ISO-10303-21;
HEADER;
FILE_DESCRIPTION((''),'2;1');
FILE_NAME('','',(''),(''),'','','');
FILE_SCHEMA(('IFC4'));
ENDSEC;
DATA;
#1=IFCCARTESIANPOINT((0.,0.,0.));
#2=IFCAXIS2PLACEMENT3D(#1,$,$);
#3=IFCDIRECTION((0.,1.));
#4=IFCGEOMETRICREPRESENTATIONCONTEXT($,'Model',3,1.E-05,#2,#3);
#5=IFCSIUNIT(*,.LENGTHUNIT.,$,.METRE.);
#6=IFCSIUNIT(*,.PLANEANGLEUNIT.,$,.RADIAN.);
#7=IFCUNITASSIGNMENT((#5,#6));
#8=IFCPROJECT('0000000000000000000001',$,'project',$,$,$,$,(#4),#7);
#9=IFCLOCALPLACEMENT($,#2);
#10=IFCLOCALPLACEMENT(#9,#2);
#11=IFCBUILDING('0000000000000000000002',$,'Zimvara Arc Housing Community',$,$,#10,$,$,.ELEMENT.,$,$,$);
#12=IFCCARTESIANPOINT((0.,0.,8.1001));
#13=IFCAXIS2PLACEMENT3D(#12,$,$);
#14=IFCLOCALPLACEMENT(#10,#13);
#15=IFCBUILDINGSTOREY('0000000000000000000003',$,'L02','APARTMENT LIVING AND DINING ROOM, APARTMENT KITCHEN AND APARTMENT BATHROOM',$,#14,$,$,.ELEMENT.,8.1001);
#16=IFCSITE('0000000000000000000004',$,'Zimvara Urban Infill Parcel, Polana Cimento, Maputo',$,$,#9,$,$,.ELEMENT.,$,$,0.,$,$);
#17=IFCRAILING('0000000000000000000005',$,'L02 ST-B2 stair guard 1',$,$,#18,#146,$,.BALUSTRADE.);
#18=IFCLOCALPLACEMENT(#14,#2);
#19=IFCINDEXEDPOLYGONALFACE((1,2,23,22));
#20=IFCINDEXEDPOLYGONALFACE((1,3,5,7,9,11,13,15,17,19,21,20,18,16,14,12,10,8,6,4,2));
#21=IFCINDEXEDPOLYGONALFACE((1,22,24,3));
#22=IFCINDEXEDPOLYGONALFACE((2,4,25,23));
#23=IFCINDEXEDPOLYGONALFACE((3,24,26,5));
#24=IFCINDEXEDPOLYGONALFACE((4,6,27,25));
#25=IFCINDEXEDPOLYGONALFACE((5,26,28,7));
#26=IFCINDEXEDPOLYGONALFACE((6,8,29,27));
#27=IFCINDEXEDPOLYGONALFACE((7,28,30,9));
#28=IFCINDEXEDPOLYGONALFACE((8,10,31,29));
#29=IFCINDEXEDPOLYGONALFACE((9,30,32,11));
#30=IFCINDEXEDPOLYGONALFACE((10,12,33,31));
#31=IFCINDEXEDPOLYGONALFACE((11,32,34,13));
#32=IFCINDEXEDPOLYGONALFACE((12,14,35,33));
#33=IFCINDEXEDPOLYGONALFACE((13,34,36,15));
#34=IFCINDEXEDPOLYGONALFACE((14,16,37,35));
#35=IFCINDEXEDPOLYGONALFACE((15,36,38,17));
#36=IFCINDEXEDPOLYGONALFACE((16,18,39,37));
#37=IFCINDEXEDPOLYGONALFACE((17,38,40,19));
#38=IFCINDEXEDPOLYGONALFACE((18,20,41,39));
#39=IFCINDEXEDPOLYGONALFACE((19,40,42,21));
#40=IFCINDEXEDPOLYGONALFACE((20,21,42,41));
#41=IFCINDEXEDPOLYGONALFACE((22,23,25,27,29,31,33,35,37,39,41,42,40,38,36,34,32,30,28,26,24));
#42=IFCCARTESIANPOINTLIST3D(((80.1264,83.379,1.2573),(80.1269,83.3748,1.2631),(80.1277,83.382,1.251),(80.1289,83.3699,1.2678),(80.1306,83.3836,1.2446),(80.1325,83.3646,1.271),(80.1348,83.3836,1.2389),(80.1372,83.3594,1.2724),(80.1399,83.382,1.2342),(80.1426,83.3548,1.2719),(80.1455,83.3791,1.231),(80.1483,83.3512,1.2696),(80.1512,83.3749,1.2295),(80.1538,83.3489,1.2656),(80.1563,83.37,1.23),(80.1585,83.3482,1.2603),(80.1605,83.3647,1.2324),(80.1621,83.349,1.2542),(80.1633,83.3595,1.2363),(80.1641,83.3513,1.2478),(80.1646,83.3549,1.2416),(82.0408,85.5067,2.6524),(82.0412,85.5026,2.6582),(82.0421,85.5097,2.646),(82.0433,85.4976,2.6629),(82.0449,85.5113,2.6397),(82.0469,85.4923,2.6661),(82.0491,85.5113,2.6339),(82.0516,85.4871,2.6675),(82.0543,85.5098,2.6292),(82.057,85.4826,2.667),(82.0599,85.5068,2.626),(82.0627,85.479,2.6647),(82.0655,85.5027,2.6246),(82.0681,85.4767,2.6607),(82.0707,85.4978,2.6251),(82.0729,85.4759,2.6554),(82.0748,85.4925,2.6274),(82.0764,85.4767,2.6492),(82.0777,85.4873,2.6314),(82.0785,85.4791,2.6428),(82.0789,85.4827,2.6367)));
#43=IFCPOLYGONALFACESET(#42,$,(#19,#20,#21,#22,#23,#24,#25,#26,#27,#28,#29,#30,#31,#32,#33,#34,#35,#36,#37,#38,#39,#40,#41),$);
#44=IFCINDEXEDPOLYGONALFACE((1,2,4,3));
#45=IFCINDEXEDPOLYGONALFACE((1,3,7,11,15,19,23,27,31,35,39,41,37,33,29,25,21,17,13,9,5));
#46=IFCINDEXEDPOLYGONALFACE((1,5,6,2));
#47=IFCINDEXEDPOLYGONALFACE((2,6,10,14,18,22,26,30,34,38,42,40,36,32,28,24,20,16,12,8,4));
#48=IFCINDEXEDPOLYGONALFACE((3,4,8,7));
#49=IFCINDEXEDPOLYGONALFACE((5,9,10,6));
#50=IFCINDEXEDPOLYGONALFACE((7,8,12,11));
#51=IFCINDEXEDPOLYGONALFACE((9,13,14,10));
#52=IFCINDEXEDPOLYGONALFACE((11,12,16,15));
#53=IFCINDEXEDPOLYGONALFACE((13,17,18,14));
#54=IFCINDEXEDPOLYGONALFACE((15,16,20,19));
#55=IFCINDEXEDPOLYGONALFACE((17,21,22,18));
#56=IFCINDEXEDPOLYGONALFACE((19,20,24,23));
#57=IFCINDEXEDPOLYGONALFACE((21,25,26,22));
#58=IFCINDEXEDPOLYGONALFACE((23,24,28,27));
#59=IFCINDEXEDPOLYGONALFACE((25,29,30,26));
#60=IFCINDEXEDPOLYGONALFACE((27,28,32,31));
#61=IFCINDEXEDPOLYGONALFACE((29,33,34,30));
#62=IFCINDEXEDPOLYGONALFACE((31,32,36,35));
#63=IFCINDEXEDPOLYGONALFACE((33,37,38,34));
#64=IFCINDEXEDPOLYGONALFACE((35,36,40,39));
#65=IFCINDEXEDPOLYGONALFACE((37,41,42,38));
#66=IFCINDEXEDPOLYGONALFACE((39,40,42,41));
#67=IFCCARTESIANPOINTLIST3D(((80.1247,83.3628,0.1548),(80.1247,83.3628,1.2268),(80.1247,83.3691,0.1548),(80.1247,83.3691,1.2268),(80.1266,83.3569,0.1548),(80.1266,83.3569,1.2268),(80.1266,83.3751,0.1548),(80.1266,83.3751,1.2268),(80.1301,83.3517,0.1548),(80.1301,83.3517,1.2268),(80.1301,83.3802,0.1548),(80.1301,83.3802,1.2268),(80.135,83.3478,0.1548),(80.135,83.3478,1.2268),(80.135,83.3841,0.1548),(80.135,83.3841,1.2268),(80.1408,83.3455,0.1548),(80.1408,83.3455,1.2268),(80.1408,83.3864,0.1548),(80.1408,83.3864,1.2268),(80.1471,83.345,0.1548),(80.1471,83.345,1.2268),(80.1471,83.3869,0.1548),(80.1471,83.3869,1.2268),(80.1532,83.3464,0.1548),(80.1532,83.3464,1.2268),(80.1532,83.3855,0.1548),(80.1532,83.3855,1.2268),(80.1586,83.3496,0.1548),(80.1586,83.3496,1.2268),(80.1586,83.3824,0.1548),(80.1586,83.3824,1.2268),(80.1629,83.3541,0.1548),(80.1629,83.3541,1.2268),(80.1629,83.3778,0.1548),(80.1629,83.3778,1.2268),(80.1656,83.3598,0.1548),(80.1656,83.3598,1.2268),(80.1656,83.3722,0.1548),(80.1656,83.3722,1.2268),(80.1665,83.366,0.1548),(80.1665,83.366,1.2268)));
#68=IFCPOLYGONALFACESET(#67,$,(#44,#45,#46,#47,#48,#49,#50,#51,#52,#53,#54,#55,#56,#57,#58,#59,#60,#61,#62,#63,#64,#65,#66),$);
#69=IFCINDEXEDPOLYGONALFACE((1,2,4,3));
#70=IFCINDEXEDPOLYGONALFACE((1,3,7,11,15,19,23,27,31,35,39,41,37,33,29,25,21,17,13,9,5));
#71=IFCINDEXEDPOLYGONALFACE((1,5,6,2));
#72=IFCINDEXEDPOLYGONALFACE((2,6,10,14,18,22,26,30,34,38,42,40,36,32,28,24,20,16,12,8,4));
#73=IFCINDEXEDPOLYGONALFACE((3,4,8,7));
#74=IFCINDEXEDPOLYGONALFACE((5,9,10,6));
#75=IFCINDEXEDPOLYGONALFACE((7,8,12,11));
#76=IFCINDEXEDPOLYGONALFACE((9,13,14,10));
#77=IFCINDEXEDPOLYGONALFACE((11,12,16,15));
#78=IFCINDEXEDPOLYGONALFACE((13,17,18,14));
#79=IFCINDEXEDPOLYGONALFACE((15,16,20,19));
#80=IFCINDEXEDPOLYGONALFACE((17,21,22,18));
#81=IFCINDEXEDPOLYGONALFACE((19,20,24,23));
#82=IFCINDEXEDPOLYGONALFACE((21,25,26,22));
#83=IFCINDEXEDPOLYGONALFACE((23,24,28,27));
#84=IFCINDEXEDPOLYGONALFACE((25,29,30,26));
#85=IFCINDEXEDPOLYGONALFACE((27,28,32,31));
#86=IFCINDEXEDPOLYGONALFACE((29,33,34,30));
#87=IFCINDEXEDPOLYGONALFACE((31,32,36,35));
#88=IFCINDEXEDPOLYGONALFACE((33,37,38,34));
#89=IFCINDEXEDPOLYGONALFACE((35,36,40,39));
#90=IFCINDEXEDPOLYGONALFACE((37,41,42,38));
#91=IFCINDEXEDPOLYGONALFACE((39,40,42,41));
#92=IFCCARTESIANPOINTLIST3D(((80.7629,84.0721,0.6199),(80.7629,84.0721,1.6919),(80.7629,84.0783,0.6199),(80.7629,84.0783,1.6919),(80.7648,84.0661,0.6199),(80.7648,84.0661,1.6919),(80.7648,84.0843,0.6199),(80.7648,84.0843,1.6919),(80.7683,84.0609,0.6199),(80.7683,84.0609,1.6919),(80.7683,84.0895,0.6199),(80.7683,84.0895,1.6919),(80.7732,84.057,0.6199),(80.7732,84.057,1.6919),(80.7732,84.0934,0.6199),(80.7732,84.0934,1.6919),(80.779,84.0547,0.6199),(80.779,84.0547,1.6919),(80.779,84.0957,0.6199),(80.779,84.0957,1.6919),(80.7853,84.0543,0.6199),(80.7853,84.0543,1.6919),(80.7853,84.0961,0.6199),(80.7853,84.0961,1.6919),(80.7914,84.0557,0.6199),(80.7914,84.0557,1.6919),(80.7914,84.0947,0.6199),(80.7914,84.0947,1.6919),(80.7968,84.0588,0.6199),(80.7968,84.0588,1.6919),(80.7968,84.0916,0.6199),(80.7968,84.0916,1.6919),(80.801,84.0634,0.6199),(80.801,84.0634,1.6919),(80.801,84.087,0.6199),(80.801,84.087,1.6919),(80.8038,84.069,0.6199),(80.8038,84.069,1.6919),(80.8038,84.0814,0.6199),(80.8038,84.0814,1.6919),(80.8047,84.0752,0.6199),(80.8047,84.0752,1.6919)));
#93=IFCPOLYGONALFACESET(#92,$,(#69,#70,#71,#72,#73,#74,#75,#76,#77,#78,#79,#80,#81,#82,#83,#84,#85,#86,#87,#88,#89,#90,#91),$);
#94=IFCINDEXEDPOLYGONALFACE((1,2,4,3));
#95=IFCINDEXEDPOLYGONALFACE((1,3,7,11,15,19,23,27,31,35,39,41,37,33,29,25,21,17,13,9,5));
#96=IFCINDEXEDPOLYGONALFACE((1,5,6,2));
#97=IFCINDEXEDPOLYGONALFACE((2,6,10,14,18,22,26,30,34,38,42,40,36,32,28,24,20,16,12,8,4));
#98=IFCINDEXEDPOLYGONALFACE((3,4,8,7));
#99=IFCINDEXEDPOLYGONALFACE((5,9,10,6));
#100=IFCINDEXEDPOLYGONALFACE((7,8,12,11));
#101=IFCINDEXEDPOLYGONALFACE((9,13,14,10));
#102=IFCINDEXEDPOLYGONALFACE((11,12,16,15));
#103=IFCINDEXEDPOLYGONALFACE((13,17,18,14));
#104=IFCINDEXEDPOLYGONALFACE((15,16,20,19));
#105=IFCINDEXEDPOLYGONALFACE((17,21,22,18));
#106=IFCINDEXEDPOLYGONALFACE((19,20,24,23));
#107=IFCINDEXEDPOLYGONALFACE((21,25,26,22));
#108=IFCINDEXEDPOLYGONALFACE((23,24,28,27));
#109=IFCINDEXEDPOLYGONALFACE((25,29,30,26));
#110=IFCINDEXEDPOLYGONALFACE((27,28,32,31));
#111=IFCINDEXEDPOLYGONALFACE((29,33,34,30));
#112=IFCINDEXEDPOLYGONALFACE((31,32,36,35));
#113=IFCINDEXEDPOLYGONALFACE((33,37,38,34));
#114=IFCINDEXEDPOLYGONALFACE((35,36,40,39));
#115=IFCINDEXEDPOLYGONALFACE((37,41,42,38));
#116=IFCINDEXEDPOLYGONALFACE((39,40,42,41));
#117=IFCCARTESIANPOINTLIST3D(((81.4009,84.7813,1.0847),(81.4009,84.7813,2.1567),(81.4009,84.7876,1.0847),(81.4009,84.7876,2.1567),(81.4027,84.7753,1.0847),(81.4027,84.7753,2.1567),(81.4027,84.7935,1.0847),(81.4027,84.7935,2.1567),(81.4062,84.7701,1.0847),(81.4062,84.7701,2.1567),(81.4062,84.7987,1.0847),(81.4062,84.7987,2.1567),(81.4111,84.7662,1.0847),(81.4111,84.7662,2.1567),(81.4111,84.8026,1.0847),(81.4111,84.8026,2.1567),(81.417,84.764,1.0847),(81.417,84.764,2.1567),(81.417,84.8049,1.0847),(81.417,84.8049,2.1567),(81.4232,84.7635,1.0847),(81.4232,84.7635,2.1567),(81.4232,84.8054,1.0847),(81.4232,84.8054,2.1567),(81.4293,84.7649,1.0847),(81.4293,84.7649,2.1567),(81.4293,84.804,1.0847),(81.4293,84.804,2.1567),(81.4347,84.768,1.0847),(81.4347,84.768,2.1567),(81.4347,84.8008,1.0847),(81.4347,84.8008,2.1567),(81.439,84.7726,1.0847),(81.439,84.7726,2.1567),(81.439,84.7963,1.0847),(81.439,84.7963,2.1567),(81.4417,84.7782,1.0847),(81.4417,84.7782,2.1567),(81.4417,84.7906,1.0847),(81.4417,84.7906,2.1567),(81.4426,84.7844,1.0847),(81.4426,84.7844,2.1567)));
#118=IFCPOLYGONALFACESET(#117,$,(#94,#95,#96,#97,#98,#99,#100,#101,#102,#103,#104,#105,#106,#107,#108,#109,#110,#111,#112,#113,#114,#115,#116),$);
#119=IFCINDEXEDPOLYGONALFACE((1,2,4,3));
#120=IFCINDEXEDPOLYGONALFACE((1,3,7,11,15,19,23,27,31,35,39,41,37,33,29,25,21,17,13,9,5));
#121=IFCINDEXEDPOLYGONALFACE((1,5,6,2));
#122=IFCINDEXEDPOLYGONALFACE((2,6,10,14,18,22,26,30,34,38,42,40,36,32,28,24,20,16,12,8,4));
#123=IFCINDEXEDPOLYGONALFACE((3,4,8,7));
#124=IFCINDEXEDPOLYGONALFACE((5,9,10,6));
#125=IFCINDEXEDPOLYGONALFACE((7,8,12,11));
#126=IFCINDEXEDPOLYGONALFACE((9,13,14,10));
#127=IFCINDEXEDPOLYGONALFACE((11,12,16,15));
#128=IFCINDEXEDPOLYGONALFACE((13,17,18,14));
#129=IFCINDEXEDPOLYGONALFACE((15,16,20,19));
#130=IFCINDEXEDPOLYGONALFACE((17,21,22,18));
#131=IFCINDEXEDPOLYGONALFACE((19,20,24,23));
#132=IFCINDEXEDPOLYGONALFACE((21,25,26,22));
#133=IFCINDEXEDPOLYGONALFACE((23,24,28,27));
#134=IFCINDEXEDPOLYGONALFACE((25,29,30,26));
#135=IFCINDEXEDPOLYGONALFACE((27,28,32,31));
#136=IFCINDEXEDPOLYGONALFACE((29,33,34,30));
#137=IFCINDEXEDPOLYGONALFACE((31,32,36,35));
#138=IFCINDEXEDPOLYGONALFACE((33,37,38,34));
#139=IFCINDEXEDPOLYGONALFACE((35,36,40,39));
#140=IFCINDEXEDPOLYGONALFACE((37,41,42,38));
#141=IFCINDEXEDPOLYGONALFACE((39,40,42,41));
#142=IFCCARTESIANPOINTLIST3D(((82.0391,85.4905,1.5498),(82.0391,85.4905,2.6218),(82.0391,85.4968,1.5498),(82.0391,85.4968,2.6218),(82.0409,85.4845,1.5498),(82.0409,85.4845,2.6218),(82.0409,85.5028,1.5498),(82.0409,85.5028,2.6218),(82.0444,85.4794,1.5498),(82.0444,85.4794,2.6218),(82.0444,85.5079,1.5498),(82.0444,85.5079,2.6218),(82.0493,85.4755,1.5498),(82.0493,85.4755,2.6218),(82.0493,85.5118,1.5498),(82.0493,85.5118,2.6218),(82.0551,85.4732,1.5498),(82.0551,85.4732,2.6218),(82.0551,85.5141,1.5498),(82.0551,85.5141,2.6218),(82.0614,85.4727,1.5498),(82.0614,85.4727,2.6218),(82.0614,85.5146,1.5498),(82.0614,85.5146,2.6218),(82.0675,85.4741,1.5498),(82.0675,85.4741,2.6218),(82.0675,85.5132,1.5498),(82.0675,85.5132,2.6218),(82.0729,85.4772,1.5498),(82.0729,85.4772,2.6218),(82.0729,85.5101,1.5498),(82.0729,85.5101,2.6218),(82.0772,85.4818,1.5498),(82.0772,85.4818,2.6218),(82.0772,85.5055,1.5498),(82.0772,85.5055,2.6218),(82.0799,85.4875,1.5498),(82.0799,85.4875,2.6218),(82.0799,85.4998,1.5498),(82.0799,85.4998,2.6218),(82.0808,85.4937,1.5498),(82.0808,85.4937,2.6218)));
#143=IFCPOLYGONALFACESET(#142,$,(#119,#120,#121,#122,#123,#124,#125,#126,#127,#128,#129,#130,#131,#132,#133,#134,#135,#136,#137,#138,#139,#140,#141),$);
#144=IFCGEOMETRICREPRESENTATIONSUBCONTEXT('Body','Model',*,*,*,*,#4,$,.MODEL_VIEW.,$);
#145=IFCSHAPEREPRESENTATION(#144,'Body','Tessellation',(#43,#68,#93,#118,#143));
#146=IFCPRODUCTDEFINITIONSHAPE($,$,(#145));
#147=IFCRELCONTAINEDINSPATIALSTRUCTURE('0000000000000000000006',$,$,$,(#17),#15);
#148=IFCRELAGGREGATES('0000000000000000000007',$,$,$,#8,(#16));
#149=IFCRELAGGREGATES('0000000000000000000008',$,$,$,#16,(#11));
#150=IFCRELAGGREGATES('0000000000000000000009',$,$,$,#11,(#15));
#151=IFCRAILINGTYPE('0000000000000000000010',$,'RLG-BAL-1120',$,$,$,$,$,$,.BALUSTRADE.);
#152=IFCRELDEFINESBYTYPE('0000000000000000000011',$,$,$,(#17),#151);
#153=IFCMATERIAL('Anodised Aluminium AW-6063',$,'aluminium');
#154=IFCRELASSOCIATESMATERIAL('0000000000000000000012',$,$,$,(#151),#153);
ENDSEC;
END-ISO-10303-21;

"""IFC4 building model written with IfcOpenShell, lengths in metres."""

from ifc_helpers import new_model, si_unit, direction, frame, origin, origin_2d, place, context, subcontext, project, spatial, circle, extrude, material, type_object, element, save


model = new_model("IFC4")

# Units and contexts
model_context = context("Model", 3, precision=1e-05, world=origin(), true_north=direction((0.0, 1.0)))
body_context = subcontext(model_context, "Body", "Model", "MODEL_VIEW")
ifc_project = project(units=[si_unit("LENGTHUNIT", "METRE"), si_unit("PLANEANGLEUNIT", "RADIAN")], contexts=[model_context])

# Site, building, storey
site_placement = place(None, origin())
site = spatial("IfcSite", under=ifc_project, at=site_placement, Name="Zimvara Urban Infill Parcel, Polana Cimento, Maputo", CompositionType="ELEMENT", RefElevation=0.0)
building_placement = place(site_placement, origin())
building = spatial("IfcBuilding", under=site, at=building_placement, Name="Zimvara Arc Housing Community", CompositionType="ELEMENT")
storey_placement = place(building_placement, frame((0.0, 0.0, 8.1001)))
storey = spatial("IfcBuildingStorey", under=building, at=storey_placement, Name="L02", Description="APARTMENT LIVING AND DINING ROOM, APARTMENT KITCHEN AND APARTMENT BATHROOM", CompositionType="ELEMENT", Elevation=8.1001)

# Railing
ifc_material_1 = material(Name="Anodised Aluminium AW-6063", Category="aluminium")
railing_type_1 = type_object("IfcRailingType", Name="RLG-BAL-1120", PredefinedType="BALUSTRADE", material=ifc_material_1)
railing_1_placement = place(storey_placement, frame((80.1455, 83.366, 0.1548)))
element("IfcRailing", 1, at=railing_1_placement, inside=storey, type_object=railing_type_1, Name="L02 ST-B2 stair guard 1", PredefinedType="BALUSTRADE", context=body_context, shape_type="SweptSolid", body=[
    extrude(circle(Radius=0.0239, at=origin_2d()), frame((0.0, 0.0, 1.0962), z_axis=(0.601232, 0.668248, 0.438138), x_axis=(-0.7434, 0.668847, 0.0)), (0.0, 0.0, 1.0), 3.1841),
    extrude(circle(Radius=0.021, at=origin_2d()), origin(), (0.0, 0.0, 1.0), 1.072),
    extrude(circle(Radius=0.021, at=origin_2d()), frame((0.6382, 0.7092, 0.4651)), (0.0, 0.0, 1.0), 1.072),
    extrude(circle(Radius=0.021, at=origin_2d()), frame((1.2761, 1.4185, 0.9299)), (0.0, 0.0, 1.0), 1.072),
    extrude(circle(Radius=0.021, at=origin_2d()), frame((1.9143, 2.1277, 1.395)), (0.0, 0.0, 1.0), 1.072),
])

save(model, "model.ifc")
